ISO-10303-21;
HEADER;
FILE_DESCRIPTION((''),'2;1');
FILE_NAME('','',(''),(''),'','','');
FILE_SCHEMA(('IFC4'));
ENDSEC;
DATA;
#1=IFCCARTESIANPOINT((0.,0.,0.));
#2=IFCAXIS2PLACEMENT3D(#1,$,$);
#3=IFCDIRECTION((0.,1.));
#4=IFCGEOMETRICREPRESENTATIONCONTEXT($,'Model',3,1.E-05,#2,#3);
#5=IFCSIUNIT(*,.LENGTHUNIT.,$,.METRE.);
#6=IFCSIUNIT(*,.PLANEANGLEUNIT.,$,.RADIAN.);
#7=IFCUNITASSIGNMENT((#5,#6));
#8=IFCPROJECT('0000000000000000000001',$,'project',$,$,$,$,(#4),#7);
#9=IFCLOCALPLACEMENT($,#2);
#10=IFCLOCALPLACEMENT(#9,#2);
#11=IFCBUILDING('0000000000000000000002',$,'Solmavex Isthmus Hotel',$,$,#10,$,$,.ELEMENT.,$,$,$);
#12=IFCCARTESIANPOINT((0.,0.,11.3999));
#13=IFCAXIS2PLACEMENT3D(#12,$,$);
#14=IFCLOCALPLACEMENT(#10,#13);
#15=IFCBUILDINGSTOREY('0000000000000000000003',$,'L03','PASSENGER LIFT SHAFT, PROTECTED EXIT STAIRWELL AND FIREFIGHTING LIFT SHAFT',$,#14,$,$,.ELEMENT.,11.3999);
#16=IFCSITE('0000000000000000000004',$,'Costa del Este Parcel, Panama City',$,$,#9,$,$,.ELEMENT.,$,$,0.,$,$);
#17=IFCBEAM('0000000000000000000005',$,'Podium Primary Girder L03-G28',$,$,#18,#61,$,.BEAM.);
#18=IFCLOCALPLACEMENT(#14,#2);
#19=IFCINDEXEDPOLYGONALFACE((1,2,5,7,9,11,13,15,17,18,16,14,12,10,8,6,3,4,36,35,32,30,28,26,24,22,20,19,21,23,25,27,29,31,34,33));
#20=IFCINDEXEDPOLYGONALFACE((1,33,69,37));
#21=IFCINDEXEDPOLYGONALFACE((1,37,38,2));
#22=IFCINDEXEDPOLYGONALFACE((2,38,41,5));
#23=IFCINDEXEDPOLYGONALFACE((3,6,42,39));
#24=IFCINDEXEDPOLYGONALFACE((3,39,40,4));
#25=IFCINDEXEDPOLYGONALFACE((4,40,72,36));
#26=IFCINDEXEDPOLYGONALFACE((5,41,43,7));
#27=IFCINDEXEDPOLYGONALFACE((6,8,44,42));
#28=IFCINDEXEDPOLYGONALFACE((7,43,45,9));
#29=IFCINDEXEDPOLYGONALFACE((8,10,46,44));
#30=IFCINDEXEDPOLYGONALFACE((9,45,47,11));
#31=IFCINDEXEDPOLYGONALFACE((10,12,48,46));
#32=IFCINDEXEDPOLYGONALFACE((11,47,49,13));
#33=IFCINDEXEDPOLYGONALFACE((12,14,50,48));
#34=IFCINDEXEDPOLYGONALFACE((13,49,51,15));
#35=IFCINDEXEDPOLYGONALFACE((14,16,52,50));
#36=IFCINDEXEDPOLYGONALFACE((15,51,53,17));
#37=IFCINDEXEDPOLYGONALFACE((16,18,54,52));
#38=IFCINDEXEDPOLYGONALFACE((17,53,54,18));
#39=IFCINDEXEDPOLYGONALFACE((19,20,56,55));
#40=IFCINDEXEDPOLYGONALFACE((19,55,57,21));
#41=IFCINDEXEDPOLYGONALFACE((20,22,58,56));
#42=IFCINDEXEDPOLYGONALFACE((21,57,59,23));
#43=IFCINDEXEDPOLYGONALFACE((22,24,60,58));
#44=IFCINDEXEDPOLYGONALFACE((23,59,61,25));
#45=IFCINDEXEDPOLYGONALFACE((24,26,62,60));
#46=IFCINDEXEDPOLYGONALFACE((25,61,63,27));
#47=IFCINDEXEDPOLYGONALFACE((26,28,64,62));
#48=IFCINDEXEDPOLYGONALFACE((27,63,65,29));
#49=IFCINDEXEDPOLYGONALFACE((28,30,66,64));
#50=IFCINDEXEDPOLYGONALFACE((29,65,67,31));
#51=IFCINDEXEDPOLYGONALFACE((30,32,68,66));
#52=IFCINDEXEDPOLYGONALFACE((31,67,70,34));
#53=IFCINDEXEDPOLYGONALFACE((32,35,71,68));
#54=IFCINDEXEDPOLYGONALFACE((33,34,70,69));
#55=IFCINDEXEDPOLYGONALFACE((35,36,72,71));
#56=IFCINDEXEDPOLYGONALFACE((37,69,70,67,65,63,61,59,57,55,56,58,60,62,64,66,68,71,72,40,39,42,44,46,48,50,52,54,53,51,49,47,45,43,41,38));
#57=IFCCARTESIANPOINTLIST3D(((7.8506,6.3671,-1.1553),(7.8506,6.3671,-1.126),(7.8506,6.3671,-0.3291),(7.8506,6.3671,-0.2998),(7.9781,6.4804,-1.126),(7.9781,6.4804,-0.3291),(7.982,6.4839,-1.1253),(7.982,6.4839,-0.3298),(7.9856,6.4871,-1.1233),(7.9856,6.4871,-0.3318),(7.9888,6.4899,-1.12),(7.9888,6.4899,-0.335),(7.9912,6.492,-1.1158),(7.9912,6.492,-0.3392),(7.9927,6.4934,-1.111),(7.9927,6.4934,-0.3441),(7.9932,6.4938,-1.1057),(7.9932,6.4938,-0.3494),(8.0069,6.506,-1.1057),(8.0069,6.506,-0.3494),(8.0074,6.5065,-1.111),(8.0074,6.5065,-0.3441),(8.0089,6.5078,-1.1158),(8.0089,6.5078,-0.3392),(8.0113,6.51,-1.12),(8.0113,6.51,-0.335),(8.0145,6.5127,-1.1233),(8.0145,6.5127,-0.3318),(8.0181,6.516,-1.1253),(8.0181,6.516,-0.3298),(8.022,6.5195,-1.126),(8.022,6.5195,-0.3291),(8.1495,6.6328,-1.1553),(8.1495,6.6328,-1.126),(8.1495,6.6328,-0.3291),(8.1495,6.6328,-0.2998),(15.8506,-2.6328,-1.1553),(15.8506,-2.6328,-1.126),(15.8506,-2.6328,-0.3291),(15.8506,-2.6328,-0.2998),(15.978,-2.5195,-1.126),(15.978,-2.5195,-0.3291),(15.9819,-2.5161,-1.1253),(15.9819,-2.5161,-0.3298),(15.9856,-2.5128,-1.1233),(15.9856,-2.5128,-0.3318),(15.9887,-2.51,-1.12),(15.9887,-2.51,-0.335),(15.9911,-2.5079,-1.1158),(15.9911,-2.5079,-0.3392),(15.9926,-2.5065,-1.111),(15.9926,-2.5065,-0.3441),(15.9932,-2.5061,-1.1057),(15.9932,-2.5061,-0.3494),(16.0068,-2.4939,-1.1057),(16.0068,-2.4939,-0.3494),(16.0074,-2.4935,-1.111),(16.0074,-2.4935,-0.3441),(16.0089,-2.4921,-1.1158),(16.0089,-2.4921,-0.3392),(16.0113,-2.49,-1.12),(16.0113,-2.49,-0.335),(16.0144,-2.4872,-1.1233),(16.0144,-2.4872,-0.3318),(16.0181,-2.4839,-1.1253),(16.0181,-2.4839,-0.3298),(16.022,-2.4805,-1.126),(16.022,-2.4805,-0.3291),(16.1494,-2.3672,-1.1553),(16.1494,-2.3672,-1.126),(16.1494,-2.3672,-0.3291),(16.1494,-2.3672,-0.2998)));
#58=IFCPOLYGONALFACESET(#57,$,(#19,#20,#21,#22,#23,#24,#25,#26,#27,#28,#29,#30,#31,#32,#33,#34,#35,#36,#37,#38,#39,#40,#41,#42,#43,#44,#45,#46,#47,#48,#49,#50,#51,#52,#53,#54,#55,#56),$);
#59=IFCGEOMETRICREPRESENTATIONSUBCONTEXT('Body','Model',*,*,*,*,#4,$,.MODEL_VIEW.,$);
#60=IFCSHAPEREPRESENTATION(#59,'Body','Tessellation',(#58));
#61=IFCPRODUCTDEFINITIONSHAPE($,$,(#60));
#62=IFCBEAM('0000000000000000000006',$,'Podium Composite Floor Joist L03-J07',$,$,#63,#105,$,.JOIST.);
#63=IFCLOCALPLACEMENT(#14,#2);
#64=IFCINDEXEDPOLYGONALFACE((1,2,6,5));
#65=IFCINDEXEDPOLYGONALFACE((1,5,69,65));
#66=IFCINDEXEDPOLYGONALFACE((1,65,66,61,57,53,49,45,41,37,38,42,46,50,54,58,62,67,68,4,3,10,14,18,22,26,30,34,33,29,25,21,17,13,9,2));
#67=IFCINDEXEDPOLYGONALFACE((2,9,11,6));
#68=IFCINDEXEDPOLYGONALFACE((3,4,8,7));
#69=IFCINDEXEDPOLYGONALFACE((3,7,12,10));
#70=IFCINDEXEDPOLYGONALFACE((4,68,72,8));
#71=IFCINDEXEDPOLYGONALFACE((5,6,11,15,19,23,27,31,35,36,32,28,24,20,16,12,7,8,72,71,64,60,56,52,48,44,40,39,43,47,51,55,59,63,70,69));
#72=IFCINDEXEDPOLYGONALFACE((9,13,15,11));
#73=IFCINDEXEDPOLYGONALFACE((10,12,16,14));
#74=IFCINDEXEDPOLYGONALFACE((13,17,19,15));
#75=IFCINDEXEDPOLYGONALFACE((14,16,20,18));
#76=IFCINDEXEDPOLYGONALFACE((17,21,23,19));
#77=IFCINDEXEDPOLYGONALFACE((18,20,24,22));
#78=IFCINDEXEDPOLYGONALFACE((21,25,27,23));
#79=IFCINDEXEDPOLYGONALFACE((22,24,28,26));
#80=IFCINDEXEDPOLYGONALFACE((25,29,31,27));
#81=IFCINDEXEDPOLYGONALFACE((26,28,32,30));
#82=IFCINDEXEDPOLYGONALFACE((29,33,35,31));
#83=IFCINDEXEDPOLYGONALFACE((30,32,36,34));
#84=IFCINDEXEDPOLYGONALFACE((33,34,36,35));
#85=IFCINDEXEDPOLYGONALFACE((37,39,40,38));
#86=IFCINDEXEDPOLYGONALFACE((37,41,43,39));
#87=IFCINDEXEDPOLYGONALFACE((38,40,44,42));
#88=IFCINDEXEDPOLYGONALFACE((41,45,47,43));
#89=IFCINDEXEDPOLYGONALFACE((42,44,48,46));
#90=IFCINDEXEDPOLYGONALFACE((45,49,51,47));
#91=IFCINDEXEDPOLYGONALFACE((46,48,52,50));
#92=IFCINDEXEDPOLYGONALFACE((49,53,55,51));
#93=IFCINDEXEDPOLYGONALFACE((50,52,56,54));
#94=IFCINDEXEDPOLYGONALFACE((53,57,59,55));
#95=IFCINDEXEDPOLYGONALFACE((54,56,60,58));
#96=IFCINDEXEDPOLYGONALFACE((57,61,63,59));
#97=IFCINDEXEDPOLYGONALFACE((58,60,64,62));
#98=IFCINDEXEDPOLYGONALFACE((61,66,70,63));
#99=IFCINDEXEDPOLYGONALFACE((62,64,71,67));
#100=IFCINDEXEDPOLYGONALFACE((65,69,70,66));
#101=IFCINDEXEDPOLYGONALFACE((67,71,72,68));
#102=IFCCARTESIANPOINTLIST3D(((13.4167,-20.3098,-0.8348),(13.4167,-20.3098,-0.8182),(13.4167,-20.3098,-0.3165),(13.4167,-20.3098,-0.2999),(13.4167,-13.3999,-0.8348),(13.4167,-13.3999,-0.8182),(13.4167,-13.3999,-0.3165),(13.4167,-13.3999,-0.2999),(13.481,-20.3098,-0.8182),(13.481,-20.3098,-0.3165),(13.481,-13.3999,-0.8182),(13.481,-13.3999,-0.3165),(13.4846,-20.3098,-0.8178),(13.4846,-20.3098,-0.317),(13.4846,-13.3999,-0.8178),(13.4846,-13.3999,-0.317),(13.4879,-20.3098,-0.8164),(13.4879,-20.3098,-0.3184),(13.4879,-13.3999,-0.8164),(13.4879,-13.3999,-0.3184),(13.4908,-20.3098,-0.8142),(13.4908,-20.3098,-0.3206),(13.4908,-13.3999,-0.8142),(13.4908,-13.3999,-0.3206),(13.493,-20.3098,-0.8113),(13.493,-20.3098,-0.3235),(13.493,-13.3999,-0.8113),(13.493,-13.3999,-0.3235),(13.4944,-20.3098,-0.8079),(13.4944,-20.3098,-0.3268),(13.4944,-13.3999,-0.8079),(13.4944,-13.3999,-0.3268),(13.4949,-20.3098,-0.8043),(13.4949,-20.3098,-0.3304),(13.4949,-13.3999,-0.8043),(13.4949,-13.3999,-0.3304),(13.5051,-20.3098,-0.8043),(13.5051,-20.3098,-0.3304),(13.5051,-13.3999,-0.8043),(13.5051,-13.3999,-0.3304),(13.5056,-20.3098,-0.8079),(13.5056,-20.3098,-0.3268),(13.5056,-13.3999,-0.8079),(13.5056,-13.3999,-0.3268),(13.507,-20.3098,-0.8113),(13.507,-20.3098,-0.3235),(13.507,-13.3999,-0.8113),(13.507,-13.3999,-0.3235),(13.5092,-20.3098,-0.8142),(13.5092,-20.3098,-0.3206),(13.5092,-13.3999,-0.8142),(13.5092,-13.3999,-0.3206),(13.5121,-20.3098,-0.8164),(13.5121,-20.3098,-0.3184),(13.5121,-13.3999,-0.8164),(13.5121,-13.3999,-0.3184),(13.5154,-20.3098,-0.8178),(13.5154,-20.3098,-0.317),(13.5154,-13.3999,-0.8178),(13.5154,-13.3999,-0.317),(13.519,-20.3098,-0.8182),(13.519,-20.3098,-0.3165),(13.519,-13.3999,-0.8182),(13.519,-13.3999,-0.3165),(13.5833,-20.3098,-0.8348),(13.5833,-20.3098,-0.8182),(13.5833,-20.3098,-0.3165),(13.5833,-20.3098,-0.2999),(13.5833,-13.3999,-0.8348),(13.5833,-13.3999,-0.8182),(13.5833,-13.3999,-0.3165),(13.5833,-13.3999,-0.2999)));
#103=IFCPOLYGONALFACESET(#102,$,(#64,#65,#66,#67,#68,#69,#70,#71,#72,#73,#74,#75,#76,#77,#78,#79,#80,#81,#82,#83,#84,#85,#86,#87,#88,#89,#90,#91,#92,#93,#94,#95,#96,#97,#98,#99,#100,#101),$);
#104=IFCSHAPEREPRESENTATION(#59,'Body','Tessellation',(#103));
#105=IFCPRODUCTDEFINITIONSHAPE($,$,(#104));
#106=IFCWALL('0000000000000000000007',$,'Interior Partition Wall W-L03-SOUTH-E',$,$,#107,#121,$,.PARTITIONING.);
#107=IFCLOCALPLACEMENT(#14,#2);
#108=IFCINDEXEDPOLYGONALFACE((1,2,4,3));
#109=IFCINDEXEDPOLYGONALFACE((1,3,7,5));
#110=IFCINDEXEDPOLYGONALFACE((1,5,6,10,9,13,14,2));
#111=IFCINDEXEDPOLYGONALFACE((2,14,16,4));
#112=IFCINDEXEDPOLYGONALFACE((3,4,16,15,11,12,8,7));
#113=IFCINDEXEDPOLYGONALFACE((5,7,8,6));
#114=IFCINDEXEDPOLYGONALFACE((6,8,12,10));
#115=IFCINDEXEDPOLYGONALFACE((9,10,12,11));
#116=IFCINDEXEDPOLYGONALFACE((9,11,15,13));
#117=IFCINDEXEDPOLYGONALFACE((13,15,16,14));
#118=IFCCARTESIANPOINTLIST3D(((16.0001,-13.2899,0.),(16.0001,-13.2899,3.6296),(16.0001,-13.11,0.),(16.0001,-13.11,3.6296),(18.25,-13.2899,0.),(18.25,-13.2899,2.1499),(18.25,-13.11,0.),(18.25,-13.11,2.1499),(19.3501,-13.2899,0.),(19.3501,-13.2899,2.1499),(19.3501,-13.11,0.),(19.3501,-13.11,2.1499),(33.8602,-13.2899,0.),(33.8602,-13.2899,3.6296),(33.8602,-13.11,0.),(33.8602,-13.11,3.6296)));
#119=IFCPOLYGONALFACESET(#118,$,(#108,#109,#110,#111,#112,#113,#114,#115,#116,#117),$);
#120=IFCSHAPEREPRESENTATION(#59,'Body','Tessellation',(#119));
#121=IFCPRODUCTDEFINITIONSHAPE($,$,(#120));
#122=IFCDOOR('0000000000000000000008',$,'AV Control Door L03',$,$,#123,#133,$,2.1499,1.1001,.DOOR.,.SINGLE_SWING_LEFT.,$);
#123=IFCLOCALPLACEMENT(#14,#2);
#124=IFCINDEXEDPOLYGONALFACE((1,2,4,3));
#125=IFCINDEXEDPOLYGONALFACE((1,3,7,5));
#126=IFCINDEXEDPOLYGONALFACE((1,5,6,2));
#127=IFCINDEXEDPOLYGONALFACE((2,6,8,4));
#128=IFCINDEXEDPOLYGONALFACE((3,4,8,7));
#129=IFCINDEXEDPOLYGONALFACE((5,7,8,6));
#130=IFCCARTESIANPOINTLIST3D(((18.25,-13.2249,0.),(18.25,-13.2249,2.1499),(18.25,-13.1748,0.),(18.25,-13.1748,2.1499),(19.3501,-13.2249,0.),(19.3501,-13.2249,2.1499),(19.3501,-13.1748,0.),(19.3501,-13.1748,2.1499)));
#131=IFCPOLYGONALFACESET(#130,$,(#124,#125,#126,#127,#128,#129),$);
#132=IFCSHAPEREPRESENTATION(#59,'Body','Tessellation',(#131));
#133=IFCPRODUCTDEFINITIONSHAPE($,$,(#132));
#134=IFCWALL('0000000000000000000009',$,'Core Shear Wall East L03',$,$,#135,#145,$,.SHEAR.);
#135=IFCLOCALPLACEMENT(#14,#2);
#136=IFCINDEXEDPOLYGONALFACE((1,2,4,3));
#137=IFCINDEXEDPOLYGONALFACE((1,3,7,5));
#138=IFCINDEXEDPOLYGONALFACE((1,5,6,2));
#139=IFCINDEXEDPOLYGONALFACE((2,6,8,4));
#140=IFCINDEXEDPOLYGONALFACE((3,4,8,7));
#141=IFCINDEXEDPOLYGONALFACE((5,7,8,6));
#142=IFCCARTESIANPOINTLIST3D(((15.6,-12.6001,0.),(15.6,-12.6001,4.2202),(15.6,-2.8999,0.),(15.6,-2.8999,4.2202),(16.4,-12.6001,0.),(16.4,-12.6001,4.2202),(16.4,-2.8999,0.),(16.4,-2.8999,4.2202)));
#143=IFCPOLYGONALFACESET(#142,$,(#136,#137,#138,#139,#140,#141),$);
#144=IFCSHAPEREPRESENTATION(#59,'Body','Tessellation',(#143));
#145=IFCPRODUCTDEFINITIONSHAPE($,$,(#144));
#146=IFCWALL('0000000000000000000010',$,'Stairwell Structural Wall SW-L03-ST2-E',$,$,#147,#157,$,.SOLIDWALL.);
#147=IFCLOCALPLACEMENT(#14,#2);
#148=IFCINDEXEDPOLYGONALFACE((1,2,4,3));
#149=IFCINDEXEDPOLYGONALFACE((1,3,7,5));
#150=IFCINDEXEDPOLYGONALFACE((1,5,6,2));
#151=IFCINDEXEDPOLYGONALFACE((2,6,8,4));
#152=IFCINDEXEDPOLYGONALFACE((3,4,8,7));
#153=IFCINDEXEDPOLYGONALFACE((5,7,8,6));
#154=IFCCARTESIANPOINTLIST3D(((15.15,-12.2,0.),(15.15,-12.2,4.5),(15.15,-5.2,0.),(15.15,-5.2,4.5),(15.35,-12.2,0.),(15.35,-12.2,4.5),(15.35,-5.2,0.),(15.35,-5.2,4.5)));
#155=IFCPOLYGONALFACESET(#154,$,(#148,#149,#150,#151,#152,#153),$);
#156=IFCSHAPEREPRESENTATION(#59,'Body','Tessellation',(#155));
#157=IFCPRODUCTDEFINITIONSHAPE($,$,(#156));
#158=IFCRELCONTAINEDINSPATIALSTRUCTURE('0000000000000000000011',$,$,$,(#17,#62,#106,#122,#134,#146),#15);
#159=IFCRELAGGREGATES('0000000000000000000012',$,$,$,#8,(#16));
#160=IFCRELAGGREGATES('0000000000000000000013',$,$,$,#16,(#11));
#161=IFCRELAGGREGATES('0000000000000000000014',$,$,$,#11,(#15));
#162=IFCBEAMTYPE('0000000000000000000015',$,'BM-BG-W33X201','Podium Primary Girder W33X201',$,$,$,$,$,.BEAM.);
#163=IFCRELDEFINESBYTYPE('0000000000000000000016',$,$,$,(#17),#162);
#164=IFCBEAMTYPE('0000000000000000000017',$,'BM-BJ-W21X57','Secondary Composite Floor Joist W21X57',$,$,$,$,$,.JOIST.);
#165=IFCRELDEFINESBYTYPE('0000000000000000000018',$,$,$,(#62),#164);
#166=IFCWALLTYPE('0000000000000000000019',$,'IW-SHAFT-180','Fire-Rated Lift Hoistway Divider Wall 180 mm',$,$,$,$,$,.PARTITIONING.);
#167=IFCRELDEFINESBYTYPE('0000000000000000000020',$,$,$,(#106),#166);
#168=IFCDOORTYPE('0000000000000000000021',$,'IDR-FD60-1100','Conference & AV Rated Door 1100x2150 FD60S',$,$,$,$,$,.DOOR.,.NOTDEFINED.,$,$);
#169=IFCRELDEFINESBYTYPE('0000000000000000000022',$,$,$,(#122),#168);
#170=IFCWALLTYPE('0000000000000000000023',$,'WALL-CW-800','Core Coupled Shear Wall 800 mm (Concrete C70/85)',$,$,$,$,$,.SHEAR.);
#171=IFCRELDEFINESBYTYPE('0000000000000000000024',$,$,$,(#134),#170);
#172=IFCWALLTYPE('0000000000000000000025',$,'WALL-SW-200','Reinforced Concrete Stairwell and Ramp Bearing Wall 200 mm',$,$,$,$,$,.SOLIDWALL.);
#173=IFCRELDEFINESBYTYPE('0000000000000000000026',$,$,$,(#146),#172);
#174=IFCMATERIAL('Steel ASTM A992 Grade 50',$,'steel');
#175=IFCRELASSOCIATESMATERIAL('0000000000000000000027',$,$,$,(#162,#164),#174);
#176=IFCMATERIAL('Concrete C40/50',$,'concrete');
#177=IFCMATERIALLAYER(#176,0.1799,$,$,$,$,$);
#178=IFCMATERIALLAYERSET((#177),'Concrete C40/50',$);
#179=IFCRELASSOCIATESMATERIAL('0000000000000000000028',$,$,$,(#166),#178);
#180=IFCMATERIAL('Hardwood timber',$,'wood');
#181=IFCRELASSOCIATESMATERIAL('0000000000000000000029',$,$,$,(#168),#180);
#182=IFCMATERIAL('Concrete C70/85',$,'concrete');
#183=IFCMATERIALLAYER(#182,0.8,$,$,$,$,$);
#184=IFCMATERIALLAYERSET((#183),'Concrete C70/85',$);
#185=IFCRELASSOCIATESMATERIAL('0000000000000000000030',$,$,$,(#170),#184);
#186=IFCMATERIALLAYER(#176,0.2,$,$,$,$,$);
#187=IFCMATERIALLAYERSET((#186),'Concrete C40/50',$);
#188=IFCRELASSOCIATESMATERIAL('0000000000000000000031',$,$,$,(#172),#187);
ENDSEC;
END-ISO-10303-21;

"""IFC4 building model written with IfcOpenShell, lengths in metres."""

from ifc_helpers import new_model, si_unit, direction, frame, frame_2d, origin, origin_2d, place, context, subcontext, project, spatial, rectangle, i_section, extrude, material, layer, layer_set, material_profile, profile_set, type_object, element, fill, save


model = new_model("IFC4")

# Units and contexts
model_context = context("Model", 3, precision=1e-05, world=origin(), true_north=direction((0.0, 1.0)))
body_context = subcontext(model_context, "Body", "Model", "MODEL_VIEW")
ifc_project = project(units=[si_unit("LENGTHUNIT", "METRE"), si_unit("PLANEANGLEUNIT", "RADIAN")], contexts=[model_context])

# Site, building, storey
site_placement = place(None, origin())
site = spatial("IfcSite", under=ifc_project, at=site_placement, Name="Costa del Este Parcel, Panama City", CompositionType="ELEMENT", RefElevation=0.0)
building_placement = place(site_placement, origin())
building = spatial("IfcBuilding", under=site, at=building_placement, Name="Solmavex Isthmus Hotel", CompositionType="ELEMENT")
storey_placement = place(building_placement, frame((0.0, 0.0, 11.3999)))
storey = spatial("IfcBuildingStorey", under=building, at=storey_placement, Name="L03", Description="PASSENGER LIFT SHAFT, PROTECTED EXIT STAIRWELL AND FIREFIGHTING LIFT SHAFT", CompositionType="ELEMENT", Elevation=11.3999)

# Shared definitions
ifc_material_1 = material(Name="Concrete C70/85", Category="concrete")

# Beams
ifc_material_2 = material(Name="Steel ASTM A992 Grade 50", Category="steel")
ifc_material_profile_1 = material_profile(ifc_material_2, i_section(OverallWidth=0.3999, OverallDepth=0.8555, WebThickness=0.0183, FlangeThickness=0.0293, FilletRadius=0.0203, at=origin_2d()), Name="W33X201")
ifc_profile_set_1 = profile_set([ifc_material_profile_1], Name="Steel ASTM A992 Grade 50")
beam_type_1 = type_object("IfcBeamType", Name="BM-BG-W33X201", Description="Podium Primary Girder W33X201", PredefinedType="BEAM", material=ifc_profile_set_1)
beam_1_placement = place(storey_placement, frame((16.0, -2.5, -0.7275), z_axis=(-0.664364, 0.747409, 0.0), x_axis=(-0.747409, -0.664364, 0.0)))
element("IfcBeam", 1, at=beam_1_placement, inside=storey, type_object=beam_type_1, Name="Podium Primary Girder L03-G28", PredefinedType="BEAM", context=body_context, shape_type="SweptSolid", body=[
    extrude(i_section(OverallWidth=0.3999, OverallDepth=0.8555, WebThickness=0.0183, FlangeThickness=0.0293, FilletRadius=0.0203, at=origin_2d()), origin(), (0.0, 0.0, 1.0), 12.0415),
])
ifc_material_profile_2 = material_profile(ifc_material_2, i_section(OverallWidth=0.1665, OverallDepth=0.5349, WebThickness=0.0103, FlangeThickness=0.0166, FilletRadius=0.0139, at=origin_2d()), Name="W21X57")
ifc_profile_set_2 = profile_set([ifc_material_profile_2], Name="Steel ASTM A992 Grade 50")
beam_type_2 = type_object("IfcBeamType", Name="BM-BJ-W21X57", Description="Secondary Composite Floor Joist W21X57", PredefinedType="JOIST", material=ifc_profile_set_2)
beam_2_placement = place(storey_placement, frame((13.5, -20.3098, -0.5674), z_axis=(0.0, 1.0, 0.0), x_axis=(-1.0, 0.0, 0.0)))
element("IfcBeam", 2, at=beam_2_placement, inside=storey, type_object=beam_type_2, Name="Podium Composite Floor Joist L03-J07", PredefinedType="JOIST", context=body_context, shape_type="SweptSolid", body=[
    extrude(i_section(OverallWidth=0.1665, OverallDepth=0.5349, WebThickness=0.0103, FlangeThickness=0.0166, FilletRadius=0.0139, at=origin_2d()), origin(), (0.0, 0.0, 1.0), 6.9099),
])

# Wall, opening, door
ifc_material_3 = material(Name="Concrete C40/50", Category="concrete")
ifc_layer_1 = layer(ifc_material_3, 0.1799)
ifc_layer_set_1 = layer_set([ifc_layer_1], Name="Concrete C40/50")
wall_type_1 = type_object("IfcWallType", Name="IW-SHAFT-180", Description="Fire-Rated Lift Hoistway Divider Wall 180 mm", PredefinedType="PARTITIONING", material=ifc_layer_set_1)
wall_1_placement = place(storey_placement, frame((16.0, -13.2, 0.0), z_axis=(0.0, 0.0, 1.0), x_axis=(1.0, 0.0, 0.0)))
wall_1 = element("IfcWall", 3, at=wall_1_placement, inside=storey, type_object=wall_type_1, Name="Interior Partition Wall W-L03-SOUTH-E", PredefinedType="PARTITIONING", context=body_context, shape_type="SweptSolid", body=[
    extrude(rectangle(XDim=17.8601, YDim=0.1799, at=frame_2d((8.9302, 0.0))), origin(), (0.0, 0.0, 1.0), 3.6296),
])
opening_placement = place(wall_1_placement, frame((2.25, 0.0, 0.0)))
opening = element("IfcOpeningElement", 4, at=opening_placement, cuts=wall_1, PredefinedType="OPENING", context=body_context, shape_type="SweptSolid", body=[
    extrude(rectangle(XDim=1.1001, YDim=2.1499, at=frame_2d((0.55, 1.075))), frame((0.0, 0.0999, 0.0), z_axis=(0.0, -1.0, 0.0), x_axis=(1.0, 0.0, 0.0)), (0.0, 0.0, 1.0), 0.2),
])
ifc_material_4 = material(Name="Hardwood timber", Category="wood")
door_type = type_object("IfcDoorType", Name="IDR-FD60-1100", Description="Conference & AV Rated Door 1100x2150 FD60S", OperationType="NOTDEFINED", PredefinedType="DOOR", material=ifc_material_4)
door_placement = place(opening_placement, frame((1.1001, 0.0, 0.0), z_axis=(0.0, 0.0, 1.0), x_axis=(-1.0, 0.0, 0.0)))
door = element("IfcDoor", 5, at=door_placement, inside=storey, type_object=door_type, Name="AV Control Door L03", OperationType="SINGLE_SWING_LEFT", OverallHeight=2.1499, OverallWidth=1.1001, PredefinedType="DOOR", context=body_context, shape_type="SweptSolid", body=[
    extrude(rectangle(XDim=1.1001, YDim=2.1499, at=frame_2d((0.55, 1.075))), frame((0.0, 0.0249, 0.0), z_axis=(0.0, -1.0, 0.0), x_axis=(1.0, 0.0, 0.0)), (0.0, 0.0, 1.0), 0.05),
])
fill(opening, door)

# Walls
ifc_layer_2 = layer(ifc_material_1, 0.8)
ifc_layer_set_2 = layer_set([ifc_layer_2], Name="Concrete C70/85")
wall_type_2 = type_object("IfcWallType", Name="WALL-CW-800", Description="Core Coupled Shear Wall 800 mm (Concrete C70/85)", PredefinedType="SHEAR", material=ifc_layer_set_2)
wall_2_placement = place(storey_placement, frame((16.0, -12.6001, 0.0), z_axis=(0.0, 0.0, 1.0), x_axis=(0.0, 1.0, 0.0)))
element("IfcWall", 6, at=wall_2_placement, inside=storey, type_object=wall_type_2, Name="Core Shear Wall East L03", PredefinedType="SHEAR", context=body_context, shape_type="SweptSolid", body=[
    extrude(rectangle(XDim=9.7002, YDim=0.8, at=frame_2d((4.8501, 0.0))), origin(), (0.0, 0.0, 1.0), 4.2202),
])
ifc_layer_3 = layer(ifc_material_3, 0.2)
ifc_layer_set_3 = layer_set([ifc_layer_3], Name="Concrete C40/50")
wall_type_3 = type_object("IfcWallType", Name="WALL-SW-200", Description="Reinforced Concrete Stairwell and Ramp Bearing Wall 200 mm", PredefinedType="SOLIDWALL", material=ifc_layer_set_3)
wall_3_placement = place(storey_placement, frame((15.25, -12.2, 0.0), z_axis=(0.0, 0.0, 1.0), x_axis=(0.0, 1.0, 0.0)))
element("IfcWall", 7, at=wall_3_placement, inside=storey, type_object=wall_type_3, Name="Stairwell Structural Wall SW-L03-ST2-E", PredefinedType="SOLIDWALL", context=body_context, shape_type="SweptSolid", body=[
    extrude(rectangle(XDim=7.0, YDim=0.2, at=frame_2d((3.5, 0.0))), origin(), (0.0, 0.0, 1.0), 4.5),
])

save(model, "model.ifc")
